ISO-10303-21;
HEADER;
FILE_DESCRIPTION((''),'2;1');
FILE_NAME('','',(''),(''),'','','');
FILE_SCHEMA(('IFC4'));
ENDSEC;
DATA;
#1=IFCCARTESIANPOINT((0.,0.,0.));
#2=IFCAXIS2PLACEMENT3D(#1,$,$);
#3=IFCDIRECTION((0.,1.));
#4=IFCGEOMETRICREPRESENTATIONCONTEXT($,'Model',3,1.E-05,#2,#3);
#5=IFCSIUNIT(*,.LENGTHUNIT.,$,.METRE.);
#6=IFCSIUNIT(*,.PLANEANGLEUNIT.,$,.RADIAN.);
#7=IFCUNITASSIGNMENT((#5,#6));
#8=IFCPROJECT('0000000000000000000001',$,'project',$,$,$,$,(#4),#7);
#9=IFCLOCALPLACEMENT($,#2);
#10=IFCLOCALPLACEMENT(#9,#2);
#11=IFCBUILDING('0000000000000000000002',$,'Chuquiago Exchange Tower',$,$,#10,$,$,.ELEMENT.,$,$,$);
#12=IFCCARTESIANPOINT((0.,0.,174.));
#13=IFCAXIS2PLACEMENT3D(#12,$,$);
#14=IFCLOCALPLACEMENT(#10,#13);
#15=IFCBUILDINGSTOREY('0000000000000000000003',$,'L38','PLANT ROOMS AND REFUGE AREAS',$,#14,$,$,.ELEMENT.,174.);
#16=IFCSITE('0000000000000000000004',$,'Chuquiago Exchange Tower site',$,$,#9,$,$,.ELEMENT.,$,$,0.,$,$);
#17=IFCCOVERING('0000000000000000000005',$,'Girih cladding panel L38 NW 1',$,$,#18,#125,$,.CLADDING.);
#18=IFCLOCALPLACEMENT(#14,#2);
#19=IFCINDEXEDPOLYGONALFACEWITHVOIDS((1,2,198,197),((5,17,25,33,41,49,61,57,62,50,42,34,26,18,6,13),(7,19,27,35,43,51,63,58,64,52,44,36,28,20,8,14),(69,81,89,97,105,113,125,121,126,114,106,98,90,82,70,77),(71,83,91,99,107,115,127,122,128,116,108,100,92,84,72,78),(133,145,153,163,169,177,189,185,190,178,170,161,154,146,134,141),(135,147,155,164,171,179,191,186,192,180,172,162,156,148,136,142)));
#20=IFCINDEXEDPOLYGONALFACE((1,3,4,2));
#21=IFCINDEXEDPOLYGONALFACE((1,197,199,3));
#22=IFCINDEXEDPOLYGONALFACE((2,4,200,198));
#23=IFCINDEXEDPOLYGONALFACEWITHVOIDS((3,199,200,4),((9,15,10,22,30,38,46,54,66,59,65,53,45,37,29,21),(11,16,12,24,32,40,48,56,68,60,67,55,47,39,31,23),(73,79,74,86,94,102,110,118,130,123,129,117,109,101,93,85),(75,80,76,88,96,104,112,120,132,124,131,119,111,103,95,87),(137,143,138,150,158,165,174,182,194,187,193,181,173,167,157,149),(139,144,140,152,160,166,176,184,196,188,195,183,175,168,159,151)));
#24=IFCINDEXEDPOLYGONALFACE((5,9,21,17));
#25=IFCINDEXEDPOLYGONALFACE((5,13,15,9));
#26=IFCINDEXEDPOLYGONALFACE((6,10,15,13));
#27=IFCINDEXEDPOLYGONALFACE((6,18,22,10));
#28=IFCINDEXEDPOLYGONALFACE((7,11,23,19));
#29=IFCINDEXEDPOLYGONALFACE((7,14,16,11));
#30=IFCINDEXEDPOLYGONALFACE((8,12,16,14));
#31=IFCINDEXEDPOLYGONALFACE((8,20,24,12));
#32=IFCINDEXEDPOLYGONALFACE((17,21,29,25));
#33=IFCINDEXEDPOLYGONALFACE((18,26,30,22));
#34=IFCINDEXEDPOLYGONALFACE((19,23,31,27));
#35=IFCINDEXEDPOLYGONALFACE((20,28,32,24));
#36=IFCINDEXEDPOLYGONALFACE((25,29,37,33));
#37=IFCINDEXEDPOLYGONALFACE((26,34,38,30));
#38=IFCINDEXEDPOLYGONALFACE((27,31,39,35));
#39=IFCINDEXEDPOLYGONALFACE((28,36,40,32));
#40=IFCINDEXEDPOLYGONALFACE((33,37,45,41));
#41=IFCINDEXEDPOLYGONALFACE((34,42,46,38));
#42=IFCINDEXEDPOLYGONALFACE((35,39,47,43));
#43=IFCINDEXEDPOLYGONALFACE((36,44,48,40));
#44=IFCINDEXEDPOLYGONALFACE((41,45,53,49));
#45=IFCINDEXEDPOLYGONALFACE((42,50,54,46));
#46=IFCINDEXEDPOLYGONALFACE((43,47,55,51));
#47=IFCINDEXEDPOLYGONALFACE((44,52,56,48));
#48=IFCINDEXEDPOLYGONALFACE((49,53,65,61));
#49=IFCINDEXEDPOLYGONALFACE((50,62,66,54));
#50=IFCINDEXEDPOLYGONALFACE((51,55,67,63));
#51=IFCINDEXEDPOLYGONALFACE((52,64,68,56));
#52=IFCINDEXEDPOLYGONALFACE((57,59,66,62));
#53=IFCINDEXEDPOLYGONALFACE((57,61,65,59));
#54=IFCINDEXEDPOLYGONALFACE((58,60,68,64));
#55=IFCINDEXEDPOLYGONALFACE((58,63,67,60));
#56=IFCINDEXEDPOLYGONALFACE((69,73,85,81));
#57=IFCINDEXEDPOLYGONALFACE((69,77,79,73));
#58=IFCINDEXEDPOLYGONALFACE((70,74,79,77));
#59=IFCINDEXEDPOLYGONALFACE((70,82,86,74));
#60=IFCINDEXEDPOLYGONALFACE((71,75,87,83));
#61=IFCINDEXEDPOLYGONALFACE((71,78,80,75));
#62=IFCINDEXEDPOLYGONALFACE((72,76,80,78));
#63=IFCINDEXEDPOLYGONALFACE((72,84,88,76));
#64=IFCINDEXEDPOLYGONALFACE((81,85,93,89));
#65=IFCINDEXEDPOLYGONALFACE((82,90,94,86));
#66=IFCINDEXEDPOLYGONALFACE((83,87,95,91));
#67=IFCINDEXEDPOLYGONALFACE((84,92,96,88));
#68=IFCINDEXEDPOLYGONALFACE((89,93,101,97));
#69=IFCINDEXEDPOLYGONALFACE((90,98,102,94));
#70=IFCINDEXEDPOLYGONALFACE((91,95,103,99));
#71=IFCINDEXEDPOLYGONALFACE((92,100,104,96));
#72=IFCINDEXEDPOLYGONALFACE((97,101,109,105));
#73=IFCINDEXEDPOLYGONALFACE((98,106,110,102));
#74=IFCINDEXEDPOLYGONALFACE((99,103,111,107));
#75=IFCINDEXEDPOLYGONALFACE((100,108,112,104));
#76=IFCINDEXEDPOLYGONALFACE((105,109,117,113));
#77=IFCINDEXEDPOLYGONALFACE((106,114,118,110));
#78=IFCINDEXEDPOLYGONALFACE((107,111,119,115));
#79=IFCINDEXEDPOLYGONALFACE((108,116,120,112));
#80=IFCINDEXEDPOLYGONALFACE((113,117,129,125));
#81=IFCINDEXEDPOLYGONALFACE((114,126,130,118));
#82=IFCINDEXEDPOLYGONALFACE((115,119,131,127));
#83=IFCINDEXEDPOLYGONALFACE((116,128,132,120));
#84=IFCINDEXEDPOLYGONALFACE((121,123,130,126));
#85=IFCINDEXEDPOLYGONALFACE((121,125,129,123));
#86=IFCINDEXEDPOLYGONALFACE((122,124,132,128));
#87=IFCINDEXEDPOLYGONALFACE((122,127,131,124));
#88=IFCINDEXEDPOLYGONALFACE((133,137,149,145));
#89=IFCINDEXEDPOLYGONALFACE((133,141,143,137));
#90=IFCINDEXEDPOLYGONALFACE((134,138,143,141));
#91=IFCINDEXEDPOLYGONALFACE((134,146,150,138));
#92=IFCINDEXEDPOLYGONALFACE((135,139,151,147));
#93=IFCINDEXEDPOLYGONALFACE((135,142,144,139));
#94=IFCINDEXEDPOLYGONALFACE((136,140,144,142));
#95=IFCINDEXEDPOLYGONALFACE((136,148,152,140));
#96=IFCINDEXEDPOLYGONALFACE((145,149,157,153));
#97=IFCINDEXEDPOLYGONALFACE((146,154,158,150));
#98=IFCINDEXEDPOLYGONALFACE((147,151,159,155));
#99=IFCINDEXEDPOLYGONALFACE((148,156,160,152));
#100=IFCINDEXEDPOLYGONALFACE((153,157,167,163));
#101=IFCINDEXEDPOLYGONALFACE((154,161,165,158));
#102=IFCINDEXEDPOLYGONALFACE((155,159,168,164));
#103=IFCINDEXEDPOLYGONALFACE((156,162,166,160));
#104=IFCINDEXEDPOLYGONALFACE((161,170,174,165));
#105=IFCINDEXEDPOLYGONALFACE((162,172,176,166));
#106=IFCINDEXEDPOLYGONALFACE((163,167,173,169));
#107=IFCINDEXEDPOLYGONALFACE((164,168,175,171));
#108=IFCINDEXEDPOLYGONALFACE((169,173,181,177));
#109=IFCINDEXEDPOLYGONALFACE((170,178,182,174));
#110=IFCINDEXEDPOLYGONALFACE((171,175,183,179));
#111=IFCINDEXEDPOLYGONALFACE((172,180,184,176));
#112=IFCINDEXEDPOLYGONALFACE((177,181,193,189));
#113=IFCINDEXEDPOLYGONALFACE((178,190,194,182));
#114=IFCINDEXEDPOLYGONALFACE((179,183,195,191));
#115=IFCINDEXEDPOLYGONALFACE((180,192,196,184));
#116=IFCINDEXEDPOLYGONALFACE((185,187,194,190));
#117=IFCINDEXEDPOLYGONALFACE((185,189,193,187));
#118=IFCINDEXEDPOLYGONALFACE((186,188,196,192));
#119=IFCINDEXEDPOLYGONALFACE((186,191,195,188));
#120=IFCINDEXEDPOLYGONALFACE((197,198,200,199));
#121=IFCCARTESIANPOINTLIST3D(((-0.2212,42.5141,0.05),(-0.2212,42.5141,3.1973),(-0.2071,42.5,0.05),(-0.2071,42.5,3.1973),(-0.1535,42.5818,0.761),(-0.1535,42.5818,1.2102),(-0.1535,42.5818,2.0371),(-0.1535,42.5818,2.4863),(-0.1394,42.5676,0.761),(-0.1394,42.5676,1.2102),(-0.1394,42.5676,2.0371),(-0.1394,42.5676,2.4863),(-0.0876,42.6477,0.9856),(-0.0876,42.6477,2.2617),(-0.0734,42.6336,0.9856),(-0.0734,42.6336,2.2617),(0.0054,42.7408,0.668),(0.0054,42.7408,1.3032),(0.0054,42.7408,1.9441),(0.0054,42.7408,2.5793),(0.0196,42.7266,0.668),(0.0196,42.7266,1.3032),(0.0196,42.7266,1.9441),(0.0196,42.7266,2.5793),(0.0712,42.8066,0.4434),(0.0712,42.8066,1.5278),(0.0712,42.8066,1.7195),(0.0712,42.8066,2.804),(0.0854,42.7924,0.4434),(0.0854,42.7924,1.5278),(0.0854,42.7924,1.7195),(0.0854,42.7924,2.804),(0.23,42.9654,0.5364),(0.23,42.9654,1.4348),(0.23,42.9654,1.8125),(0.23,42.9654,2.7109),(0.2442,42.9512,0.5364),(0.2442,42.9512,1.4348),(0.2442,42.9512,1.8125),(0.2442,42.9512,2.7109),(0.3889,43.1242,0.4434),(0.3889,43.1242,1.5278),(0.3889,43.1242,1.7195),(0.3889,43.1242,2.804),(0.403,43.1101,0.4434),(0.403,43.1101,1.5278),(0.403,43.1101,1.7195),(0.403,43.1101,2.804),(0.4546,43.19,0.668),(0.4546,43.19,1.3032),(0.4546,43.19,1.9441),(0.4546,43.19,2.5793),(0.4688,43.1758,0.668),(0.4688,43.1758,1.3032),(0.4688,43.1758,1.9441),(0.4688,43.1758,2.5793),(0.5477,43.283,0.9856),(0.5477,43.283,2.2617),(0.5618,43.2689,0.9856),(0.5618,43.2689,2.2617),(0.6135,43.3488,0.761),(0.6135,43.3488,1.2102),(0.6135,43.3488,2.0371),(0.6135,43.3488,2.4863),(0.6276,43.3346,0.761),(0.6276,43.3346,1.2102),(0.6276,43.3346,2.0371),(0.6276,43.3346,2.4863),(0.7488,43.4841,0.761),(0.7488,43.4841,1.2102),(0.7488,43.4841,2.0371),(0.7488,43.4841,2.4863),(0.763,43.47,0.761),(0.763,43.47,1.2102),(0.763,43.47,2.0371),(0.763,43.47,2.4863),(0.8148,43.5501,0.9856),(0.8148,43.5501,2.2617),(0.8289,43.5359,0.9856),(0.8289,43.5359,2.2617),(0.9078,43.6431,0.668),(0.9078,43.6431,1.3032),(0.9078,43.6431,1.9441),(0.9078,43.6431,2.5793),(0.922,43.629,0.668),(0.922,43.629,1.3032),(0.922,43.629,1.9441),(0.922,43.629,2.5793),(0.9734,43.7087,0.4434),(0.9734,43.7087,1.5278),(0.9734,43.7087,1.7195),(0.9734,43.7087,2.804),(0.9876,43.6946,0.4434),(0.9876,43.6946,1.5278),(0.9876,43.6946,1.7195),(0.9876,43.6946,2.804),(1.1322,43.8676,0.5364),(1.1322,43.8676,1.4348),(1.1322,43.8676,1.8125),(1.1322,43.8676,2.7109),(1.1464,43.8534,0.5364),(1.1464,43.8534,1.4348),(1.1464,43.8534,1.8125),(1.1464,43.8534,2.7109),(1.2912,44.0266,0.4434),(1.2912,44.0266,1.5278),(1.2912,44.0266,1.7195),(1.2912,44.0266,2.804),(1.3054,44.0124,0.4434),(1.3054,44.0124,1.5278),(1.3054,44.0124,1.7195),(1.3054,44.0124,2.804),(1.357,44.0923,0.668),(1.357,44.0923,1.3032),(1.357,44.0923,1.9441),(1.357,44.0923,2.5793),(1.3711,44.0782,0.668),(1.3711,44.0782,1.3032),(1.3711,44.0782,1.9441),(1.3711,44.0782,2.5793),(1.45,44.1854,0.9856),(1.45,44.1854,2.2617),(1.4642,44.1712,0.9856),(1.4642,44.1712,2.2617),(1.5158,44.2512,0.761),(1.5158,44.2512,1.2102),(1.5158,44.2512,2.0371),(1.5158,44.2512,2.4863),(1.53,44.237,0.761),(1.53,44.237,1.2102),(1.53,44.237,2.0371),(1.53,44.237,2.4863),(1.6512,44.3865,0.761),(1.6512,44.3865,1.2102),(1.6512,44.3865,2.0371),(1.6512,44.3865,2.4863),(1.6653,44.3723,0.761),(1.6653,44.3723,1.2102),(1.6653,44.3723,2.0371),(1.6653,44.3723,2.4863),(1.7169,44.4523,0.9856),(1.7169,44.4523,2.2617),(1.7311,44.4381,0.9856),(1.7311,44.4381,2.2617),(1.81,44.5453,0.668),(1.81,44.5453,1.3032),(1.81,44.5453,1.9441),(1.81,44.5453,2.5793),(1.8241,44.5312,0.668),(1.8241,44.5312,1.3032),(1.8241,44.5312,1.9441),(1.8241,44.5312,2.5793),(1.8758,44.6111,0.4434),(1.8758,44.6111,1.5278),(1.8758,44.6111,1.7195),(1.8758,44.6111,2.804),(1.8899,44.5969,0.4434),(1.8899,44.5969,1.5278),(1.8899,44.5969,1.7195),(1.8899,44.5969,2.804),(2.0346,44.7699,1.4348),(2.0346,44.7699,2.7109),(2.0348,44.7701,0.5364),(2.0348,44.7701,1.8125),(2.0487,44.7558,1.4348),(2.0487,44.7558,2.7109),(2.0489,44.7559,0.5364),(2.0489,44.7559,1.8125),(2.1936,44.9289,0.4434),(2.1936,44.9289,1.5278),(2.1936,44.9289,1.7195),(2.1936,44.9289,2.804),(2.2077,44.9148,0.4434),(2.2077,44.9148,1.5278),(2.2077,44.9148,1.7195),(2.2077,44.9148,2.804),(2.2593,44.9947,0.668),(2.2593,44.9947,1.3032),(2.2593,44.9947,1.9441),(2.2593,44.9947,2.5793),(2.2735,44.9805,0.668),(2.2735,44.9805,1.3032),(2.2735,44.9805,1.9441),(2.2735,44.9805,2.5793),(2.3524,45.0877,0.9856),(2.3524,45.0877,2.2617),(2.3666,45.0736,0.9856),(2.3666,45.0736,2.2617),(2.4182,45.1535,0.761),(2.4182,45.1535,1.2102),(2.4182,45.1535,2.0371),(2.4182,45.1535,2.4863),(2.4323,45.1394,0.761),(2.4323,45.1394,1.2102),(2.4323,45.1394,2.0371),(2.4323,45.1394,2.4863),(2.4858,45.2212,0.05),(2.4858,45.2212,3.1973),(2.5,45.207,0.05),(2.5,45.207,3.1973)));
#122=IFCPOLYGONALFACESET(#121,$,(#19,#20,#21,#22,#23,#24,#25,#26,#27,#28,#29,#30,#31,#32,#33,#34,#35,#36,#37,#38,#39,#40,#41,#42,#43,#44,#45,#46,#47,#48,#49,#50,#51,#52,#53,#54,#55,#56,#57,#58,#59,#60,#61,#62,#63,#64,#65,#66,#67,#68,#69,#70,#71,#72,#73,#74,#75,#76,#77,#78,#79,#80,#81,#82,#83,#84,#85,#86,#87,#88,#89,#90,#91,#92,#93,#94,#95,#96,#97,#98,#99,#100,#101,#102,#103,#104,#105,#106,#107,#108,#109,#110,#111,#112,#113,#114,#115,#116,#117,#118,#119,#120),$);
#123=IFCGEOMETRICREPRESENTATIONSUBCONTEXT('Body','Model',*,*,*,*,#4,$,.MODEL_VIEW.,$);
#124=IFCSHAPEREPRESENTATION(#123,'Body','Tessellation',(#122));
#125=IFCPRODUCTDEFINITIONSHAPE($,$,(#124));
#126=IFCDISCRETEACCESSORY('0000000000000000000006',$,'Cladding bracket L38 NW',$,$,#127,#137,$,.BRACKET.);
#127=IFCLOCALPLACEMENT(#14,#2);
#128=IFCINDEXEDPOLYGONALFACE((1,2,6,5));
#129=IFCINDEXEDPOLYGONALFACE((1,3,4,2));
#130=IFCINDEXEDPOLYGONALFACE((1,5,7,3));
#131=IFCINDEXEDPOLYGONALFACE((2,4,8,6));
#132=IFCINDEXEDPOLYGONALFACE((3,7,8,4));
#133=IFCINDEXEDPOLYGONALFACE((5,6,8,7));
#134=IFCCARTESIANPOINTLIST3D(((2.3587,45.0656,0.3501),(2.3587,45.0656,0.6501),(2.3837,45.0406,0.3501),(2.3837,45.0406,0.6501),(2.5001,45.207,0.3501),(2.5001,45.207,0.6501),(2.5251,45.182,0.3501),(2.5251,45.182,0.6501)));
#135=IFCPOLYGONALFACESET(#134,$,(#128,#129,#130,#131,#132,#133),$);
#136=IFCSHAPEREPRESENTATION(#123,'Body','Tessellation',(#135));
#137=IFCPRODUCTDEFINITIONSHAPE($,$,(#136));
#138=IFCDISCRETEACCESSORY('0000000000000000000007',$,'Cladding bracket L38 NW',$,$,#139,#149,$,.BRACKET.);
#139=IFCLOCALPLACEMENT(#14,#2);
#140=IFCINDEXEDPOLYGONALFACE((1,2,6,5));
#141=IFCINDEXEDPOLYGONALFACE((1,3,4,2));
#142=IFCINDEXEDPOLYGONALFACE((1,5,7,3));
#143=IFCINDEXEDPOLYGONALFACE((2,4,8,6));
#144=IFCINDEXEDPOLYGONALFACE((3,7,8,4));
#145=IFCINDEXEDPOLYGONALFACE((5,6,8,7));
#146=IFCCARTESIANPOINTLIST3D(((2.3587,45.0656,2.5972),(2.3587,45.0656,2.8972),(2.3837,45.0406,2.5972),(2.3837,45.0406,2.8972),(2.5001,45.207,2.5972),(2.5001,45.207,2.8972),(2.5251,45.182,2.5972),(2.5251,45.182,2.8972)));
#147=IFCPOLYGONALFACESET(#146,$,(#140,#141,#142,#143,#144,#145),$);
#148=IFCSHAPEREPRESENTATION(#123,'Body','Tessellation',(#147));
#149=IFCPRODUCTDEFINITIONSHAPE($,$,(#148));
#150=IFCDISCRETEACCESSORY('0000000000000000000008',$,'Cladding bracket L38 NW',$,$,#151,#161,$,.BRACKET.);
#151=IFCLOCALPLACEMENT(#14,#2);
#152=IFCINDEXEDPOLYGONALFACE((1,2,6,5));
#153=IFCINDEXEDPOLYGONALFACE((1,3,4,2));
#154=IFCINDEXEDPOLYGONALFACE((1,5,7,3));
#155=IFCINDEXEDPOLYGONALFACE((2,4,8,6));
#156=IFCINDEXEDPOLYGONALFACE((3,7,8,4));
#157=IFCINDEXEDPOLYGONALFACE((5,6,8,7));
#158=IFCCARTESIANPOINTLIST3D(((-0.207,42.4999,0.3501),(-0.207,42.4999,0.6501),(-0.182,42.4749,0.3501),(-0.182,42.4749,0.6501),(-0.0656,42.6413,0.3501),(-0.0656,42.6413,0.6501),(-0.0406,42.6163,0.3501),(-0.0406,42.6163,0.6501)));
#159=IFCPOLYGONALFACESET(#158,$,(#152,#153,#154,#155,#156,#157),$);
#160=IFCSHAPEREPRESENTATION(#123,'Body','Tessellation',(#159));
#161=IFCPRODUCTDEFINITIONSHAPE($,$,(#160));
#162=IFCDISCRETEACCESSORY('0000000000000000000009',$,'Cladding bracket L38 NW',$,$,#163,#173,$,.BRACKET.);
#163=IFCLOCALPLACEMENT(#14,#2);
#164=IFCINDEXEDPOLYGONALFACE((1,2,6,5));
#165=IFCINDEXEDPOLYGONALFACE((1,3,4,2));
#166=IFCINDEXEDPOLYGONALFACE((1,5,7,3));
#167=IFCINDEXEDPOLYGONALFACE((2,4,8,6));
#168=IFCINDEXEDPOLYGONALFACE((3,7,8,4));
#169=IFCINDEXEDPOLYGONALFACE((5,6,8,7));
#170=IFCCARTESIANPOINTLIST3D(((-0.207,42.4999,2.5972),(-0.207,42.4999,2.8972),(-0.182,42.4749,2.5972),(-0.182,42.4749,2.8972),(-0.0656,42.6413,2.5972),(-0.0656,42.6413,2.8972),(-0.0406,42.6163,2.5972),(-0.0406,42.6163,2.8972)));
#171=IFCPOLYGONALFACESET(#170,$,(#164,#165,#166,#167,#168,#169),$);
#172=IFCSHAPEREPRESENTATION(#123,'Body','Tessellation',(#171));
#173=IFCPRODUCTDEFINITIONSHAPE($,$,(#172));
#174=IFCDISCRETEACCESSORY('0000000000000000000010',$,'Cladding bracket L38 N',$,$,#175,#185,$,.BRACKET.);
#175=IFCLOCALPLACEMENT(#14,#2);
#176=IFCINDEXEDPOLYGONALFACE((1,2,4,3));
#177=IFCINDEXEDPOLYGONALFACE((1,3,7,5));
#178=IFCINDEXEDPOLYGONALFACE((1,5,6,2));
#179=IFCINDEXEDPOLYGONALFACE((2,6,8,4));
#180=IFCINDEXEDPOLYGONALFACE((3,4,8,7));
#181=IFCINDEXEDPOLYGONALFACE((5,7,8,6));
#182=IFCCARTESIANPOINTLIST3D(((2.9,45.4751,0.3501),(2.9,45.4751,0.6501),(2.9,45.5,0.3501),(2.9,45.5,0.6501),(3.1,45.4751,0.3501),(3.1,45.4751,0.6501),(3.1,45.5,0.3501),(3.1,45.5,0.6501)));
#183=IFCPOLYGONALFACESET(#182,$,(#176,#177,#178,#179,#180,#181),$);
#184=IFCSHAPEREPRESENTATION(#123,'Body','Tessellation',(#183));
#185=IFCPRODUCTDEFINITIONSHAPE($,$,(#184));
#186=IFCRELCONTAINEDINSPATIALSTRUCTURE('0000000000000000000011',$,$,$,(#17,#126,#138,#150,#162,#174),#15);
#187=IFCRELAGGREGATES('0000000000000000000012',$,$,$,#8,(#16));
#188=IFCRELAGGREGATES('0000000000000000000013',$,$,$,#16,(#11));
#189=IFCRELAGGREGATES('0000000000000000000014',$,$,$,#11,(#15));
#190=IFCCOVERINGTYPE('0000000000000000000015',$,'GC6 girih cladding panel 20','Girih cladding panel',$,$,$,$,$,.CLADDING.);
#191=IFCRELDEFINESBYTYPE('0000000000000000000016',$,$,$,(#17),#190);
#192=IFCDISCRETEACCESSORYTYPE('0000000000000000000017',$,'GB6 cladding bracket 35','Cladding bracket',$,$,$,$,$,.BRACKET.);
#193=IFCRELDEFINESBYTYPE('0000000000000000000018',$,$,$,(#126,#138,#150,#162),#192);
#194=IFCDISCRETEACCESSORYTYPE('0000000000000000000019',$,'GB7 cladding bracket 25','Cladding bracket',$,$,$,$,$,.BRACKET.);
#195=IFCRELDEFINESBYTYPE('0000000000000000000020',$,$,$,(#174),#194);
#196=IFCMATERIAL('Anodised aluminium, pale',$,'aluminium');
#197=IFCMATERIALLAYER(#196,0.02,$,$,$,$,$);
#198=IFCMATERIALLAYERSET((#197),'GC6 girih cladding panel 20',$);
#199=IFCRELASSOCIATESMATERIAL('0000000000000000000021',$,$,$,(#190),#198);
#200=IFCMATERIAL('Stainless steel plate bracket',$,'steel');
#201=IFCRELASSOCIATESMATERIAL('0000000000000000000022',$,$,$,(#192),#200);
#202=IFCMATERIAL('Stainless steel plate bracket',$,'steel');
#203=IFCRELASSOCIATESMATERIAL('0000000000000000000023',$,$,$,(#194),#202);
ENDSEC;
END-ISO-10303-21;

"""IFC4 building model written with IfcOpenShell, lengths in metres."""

from ifc_helpers import new_model, si_unit, direction, frame, origin, origin_2d, place, context, subcontext, project, spatial, polyline, rectangle, outline, extrude, material, layer, layer_set, type_object, element, save


model = new_model("IFC4")

# Units and contexts
model_context = context("Model", 3, precision=1e-05, world=origin(), true_north=direction((0.0, 1.0)))
body_context = subcontext(model_context, "Body", "Model", "MODEL_VIEW")
ifc_project = project(units=[si_unit("LENGTHUNIT", "METRE"), si_unit("PLANEANGLEUNIT", "RADIAN")], contexts=[model_context])

# Site, building, storey
site_placement = place(None, origin())
site = spatial("IfcSite", under=ifc_project, at=site_placement, Name="Chuquiago Exchange Tower site", CompositionType="ELEMENT", RefElevation=0.0)
building_placement = place(site_placement, origin())
building = spatial("IfcBuilding", under=site, at=building_placement, Name="Chuquiago Exchange Tower", CompositionType="ELEMENT")
storey_placement = place(building_placement, frame((0.0, 0.0, 174.0)))
storey = spatial("IfcBuildingStorey", under=building, at=storey_placement, Name="L38", Description="PLANT ROOMS AND REFUGE AREAS", CompositionType="ELEMENT", Elevation=174.0)

# Covering
ifc_material_1 = material(Name="Anodised aluminium, pale", Category="aluminium")
ifc_layer_1 = layer(ifc_material_1, 0.02)
ifc_layer_set_1 = layer_set([ifc_layer_1], Name="GC6 girih cladding panel 20")
covering_type_1 = type_object("IfcCoveringType", Name="GC6 girih cladding panel 20", Description="Girih cladding panel", PredefinedType="CLADDING", material=ifc_layer_set_1)
covering_1_placement = place(storey_placement, frame((2.5, 45.207, 0.05), z_axis=(0.0, 0.0, 1.0), x_axis=(-0.707107, -0.707107, 0.0)))
element("IfcCovering", 1, at=covering_1_placement, inside=storey, type_object=covering_type_1, Name="Girih cladding panel L38 NW 1", PredefinedType="CLADDING", context=body_context, shape_type="SweptSolid", body=[
    extrude(outline(polyline([(0.0, 0.0), (3.8284, 0.0), (3.8284, 3.1472), (0.0, 3.1472), (0.0, 0.0)]), holes=[polyline([(1.0874, 0.9355), (1.1804, 1.1602), (0.9558, 1.2532), (0.8628, 1.4778), (0.6382, 1.3848), (0.4133, 1.4778), (0.3203, 1.2532), (0.0957, 1.1602), (0.1887, 0.9355), (0.0957, 0.7109), (0.3203, 0.6179), (0.4133, 0.3933), (0.6379, 0.4863), (0.8628, 0.3933), (0.9558, 0.6179), (1.1804, 0.7109), (1.0874, 0.9355)]), polyline([(2.3633, 0.9355), (2.4565, 1.1602), (2.2317, 1.2532), (2.1389, 1.4778), (1.9143, 1.3848), (1.6895, 1.4778), (1.5964, 1.2532), (1.3718, 1.1602), (1.4648, 0.9355), (1.3718, 0.7109), (1.5964, 0.6179), (1.6895, 0.3933), (1.9143, 0.4863), (2.1389, 0.3933), (2.2317, 0.6179), (2.4565, 0.7109), (2.3633, 0.9355)]), polyline([(3.6394, 0.9355), (3.7327, 1.1602), (3.5078, 1.2532), (3.4148, 1.4778), (3.1902, 1.3848), (2.9656, 1.4778), (2.8726, 1.2532), (2.6479, 1.1602), (2.741, 0.9355), (2.6479, 0.7109), (2.8726, 0.6179), (2.9656, 0.3933), (3.1902, 0.4863), (3.4148, 0.3933), (3.5078, 0.6179), (3.7327, 0.7109), (3.6394, 0.9355)]), polyline([(1.0874, 2.2117), (1.1804, 2.4363), (0.9558, 2.5293), (0.8628, 2.7539), (0.6382, 2.6609), (0.4133, 2.7539), (0.3203, 2.5293), (0.0957, 2.4363), (0.1887, 2.2117), (0.0957, 1.9871), (0.3203, 1.894), (0.4133, 1.6694), (0.6379, 1.7625), (0.8628, 1.6694), (0.9558, 1.894), (1.1804, 1.9871), (1.0874, 2.2117)]), polyline([(2.3633, 2.2117), (2.4565, 2.4363), (2.2317, 2.5293), (2.1389, 2.7539), (1.9143, 2.6609), (1.6895, 2.7539), (1.5964, 2.5293), (1.3718, 2.4363), (1.4648, 2.2117), (1.3718, 1.9871), (1.5964, 1.894), (1.6895, 1.6694), (1.9143, 1.7625), (2.1389, 1.6694), (2.2317, 1.894), (2.4565, 1.9871), (2.3633, 2.2117)]), polyline([(3.6394, 2.2117), (3.7327, 2.4363), (3.5078, 2.5293), (3.4148, 2.7539), (3.1902, 2.6609), (2.9656, 2.7539), (2.8726, 2.5293), (2.6479, 2.4363), (2.741, 2.2117), (2.6479, 1.9871), (2.8726, 1.894), (2.9656, 1.6694), (3.1902, 1.7625), (3.4148, 1.6694), (3.5078, 1.894), (3.7327, 1.9871), (3.6394, 2.2117)])]), frame((0.0, 0.0, 0.0), z_axis=(0.0, -1.0, 0.0), x_axis=(1.0, 0.0, 0.0)), (0.0, 0.0, 1.0), 0.02),
])

# Discrete accessories
ifc_material_2 = material(Name="Stainless steel plate bracket", Category="steel")
discrete_accessory_type_1 = type_object("IfcDiscreteAccessoryType", Name="GB6 cladding bracket 35", Description="Cladding bracket", PredefinedType="BRACKET", material=ifc_material_2)
for number, where, z_axis, x_axis, name in (
    (2, (2.4419, 45.1238, 0.3501), (0.0, 0.0, 1.0), (-0.707107, -0.707107, 0.0), "Cladding bracket L38 NW"),
    (3, (2.4419, 45.1238, 2.5972), (0.0, 0.0, 1.0), (-0.707107, -0.707107, 0.0), "Cladding bracket L38 NW"),
    (4, (-0.1238, 42.5581, 0.3501), (0.0, 0.0, 1.0), (-0.707107, -0.707107, 0.0), "Cladding bracket L38 NW"),
    (5, (-0.1238, 42.5581, 2.5972), (0.0, 0.0, 1.0), (-0.707107, -0.707107, 0.0), "Cladding bracket L38 NW"),
):
    element("IfcDiscreteAccessory", number, at=place(storey_placement, frame(where, z_axis=z_axis, x_axis=x_axis)), inside=storey, type_object=discrete_accessory_type_1, Name=name, PredefinedType="BRACKET", context=body_context, shape_type="SweptSolid", body=[
        extrude(rectangle(XDim=0.2, YDim=0.0354, at=origin_2d()), origin(), (0.0, 0.0, 1.0), 0.3),
    ])
ifc_material_3 = material(Name="Stainless steel plate bracket", Category="steel")
discrete_accessory_type_2 = type_object("IfcDiscreteAccessoryType", Name="GB7 cladding bracket 25", Description="Cladding bracket", PredefinedType="BRACKET", material=ifc_material_3)
for number, where, z_axis, x_axis, name in (
    (6, (3.0, 45.4875, 0.3501), (0.0, 0.0, 1.0), (-1.0, 0.0, 0.0), "Cladding bracket L38 N"),
):
    element("IfcDiscreteAccessory", number, at=place(storey_placement, frame(where, z_axis=z_axis, x_axis=x_axis)), inside=storey, type_object=discrete_accessory_type_2, Name=name, PredefinedType="BRACKET", context=body_context, shape_type="SweptSolid", body=[
        extrude(rectangle(XDim=0.2, YDim=0.0249, at=origin_2d()), origin(), (0.0, 0.0, 1.0), 0.3),
    ])

save(model, "model.ifc")
